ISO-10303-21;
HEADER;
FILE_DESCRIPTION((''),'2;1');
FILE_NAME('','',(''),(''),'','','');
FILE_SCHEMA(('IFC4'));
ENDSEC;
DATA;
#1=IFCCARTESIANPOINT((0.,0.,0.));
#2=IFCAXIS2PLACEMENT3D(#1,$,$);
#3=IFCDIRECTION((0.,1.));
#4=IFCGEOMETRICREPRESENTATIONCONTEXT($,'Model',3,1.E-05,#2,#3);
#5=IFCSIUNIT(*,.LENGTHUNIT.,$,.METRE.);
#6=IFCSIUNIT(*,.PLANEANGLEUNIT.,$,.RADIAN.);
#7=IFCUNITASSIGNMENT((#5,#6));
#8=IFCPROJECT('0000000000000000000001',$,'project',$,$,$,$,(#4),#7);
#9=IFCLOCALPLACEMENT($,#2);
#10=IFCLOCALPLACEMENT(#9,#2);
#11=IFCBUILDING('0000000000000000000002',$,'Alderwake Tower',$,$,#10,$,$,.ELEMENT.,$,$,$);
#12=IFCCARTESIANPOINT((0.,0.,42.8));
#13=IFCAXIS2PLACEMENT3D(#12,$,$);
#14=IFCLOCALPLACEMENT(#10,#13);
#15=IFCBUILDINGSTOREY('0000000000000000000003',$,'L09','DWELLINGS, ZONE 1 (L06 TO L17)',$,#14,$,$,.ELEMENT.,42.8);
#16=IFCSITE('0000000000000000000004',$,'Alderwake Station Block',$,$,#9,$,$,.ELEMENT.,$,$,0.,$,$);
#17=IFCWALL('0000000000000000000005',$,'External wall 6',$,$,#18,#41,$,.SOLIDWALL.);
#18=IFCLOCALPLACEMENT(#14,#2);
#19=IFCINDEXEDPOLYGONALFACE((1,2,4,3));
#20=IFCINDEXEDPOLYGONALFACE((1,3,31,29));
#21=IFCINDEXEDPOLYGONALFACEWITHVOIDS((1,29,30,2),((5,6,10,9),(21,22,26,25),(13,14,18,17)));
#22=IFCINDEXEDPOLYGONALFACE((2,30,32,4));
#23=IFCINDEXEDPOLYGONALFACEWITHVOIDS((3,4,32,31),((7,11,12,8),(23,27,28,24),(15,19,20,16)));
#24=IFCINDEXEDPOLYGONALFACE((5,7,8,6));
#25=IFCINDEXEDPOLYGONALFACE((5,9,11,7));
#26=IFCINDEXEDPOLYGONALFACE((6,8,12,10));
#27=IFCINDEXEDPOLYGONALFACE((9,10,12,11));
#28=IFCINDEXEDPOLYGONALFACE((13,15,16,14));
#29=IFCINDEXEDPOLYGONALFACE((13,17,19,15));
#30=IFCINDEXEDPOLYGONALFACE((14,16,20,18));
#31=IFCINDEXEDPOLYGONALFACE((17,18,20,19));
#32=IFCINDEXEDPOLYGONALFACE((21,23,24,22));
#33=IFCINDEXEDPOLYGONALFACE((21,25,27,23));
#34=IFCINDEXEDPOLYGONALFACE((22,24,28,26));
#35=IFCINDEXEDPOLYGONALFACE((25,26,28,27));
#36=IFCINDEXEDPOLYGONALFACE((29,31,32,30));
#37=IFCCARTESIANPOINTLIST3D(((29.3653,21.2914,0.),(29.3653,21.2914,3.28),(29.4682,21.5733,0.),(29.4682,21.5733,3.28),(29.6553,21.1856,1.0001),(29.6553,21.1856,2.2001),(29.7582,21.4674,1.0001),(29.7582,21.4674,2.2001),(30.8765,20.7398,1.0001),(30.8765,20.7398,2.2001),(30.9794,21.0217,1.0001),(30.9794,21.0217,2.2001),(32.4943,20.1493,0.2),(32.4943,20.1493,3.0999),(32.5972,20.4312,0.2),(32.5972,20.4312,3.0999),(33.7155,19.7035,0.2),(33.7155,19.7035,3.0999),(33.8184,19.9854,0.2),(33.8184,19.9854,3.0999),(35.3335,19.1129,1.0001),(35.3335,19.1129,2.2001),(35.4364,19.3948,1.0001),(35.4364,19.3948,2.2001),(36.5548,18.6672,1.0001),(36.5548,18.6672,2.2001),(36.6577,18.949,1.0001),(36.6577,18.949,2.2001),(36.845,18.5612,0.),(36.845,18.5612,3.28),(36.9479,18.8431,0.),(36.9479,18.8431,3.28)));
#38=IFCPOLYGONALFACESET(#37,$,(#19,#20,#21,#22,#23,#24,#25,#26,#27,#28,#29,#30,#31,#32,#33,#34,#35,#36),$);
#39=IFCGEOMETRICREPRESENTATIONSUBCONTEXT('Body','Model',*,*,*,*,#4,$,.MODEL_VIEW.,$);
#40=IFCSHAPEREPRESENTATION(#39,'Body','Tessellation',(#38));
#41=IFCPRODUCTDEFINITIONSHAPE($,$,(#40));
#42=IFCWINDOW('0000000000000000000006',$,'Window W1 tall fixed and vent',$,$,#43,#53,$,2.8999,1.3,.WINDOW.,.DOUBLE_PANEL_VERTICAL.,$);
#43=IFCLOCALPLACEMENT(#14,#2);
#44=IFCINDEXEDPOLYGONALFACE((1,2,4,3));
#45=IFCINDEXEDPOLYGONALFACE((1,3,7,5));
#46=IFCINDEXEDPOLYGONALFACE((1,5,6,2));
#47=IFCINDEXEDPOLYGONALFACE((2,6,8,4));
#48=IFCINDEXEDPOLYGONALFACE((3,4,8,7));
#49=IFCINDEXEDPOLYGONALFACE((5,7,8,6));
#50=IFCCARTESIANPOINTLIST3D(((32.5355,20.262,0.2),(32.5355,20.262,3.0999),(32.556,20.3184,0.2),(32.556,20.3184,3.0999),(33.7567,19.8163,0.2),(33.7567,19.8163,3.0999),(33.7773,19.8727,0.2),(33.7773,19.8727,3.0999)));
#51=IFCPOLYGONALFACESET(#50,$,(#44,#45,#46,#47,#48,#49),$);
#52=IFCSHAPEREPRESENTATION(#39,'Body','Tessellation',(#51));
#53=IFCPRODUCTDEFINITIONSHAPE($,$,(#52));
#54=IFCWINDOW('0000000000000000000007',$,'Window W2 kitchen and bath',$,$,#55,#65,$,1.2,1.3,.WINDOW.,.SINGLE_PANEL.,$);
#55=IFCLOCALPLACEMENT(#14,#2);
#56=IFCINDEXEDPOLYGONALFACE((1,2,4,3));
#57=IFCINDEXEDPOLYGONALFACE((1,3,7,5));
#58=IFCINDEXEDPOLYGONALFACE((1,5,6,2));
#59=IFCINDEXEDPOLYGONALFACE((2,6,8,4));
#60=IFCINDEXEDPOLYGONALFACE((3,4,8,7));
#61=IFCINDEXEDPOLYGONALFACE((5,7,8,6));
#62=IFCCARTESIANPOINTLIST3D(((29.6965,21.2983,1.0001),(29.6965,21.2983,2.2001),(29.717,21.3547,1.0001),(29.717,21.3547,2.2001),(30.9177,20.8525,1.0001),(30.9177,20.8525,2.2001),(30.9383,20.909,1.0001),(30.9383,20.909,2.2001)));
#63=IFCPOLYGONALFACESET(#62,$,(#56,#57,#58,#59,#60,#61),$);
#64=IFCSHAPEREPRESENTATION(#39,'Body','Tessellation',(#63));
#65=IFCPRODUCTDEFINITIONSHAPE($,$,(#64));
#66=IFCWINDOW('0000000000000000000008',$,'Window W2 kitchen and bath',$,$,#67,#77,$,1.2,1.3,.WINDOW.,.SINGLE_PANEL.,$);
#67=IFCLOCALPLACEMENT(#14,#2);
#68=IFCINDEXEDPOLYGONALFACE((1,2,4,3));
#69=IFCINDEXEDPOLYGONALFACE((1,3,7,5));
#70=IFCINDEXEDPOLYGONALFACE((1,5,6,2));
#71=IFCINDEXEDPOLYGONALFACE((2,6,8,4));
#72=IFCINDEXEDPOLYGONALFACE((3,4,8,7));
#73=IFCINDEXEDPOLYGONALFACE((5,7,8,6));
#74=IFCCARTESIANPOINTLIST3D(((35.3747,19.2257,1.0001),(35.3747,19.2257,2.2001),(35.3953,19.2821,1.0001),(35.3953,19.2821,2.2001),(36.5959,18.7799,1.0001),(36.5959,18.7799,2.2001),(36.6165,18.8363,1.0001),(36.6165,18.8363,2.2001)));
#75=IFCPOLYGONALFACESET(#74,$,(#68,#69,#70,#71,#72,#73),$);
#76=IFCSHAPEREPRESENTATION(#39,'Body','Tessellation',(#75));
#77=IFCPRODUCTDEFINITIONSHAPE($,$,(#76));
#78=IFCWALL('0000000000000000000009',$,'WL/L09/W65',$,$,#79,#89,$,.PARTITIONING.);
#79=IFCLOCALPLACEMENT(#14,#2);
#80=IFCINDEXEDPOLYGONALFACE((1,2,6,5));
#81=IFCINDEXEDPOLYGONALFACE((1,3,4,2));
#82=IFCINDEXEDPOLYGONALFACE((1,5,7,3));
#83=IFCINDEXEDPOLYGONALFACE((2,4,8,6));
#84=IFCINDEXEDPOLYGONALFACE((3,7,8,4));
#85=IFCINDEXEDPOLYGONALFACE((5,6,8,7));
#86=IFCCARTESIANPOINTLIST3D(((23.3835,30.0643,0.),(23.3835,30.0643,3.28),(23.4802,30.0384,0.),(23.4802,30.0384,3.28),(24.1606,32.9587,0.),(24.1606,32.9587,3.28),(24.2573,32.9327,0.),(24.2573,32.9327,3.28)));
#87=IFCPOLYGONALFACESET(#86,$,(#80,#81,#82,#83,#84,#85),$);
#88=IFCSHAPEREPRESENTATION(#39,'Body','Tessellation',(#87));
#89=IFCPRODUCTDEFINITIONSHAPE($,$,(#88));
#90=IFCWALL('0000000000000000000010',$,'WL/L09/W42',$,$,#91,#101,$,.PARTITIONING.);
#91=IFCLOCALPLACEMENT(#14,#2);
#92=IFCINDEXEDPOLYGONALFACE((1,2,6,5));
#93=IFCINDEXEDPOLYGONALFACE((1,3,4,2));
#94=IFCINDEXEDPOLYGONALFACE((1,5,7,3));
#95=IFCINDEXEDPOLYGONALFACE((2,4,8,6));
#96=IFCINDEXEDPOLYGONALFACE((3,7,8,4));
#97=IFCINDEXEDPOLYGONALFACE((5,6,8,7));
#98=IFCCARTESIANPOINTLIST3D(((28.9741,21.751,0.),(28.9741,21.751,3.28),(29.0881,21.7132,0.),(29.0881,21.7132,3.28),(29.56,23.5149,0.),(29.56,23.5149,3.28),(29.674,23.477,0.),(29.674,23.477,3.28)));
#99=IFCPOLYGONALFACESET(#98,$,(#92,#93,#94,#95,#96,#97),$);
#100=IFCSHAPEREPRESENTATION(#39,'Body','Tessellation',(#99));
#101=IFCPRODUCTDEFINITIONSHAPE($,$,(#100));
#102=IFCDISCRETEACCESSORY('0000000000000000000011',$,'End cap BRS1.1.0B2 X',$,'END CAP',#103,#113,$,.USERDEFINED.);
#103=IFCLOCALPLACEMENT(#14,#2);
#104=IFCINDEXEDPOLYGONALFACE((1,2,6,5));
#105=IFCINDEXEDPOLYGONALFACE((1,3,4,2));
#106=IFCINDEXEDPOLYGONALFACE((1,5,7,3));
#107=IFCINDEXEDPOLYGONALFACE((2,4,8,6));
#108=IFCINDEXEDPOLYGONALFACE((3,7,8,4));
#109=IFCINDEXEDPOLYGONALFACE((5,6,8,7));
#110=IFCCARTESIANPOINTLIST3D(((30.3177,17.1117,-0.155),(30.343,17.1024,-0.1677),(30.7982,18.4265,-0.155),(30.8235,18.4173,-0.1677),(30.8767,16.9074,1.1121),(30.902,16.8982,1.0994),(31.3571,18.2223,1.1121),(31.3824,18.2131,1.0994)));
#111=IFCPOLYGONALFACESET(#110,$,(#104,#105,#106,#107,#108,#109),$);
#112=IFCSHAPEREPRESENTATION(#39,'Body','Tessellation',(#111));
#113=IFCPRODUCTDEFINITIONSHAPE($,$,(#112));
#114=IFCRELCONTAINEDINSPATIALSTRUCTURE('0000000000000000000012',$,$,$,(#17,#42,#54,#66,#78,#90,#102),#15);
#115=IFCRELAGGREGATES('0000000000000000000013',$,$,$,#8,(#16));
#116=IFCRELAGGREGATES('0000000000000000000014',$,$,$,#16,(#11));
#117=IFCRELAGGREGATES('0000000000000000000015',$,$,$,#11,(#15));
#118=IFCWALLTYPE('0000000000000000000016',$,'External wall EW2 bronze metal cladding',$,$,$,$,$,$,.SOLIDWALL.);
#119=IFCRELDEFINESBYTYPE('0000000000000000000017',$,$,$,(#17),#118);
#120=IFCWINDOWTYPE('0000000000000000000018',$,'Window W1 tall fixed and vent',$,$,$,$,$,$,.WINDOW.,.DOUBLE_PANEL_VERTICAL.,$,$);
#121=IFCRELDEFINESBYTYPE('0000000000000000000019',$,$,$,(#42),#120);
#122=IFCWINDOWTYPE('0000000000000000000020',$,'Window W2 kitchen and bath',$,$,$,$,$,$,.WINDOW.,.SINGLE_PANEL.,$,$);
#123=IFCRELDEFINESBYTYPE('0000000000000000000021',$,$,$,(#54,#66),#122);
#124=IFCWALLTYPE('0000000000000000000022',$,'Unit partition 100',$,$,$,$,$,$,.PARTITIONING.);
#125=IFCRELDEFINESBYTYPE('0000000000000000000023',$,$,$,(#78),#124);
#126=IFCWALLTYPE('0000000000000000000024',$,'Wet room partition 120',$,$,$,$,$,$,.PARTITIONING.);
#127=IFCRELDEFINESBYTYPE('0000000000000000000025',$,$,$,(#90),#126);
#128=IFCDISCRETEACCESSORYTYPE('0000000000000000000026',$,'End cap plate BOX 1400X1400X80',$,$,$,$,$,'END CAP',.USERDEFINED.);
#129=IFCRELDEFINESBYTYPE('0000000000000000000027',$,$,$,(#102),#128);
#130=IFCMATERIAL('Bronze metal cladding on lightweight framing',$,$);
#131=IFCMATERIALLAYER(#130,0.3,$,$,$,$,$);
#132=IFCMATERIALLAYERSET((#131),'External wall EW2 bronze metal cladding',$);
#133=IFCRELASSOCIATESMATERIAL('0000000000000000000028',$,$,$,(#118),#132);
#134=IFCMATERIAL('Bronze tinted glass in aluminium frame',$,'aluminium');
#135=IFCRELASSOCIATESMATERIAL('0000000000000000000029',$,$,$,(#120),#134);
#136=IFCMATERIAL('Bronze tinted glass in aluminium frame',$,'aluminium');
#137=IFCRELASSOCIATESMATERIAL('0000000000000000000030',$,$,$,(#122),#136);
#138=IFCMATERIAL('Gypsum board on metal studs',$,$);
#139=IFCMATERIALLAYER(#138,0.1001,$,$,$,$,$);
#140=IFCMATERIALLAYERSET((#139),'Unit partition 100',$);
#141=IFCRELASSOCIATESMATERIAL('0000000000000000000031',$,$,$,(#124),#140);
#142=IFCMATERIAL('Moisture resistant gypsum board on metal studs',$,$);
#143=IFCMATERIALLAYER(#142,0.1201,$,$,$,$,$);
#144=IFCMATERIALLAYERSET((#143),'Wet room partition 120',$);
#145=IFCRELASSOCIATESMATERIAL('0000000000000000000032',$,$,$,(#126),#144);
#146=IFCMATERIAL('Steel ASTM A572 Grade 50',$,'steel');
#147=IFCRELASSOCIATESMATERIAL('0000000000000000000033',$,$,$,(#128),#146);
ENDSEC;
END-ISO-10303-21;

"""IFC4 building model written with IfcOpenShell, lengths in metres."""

from ifc_helpers import new_model, si_unit, direction, frame, frame_2d, origin, origin_2d, place, context, subcontext, project, spatial, rectangle, extrude, material, layer, layer_set, material_profile, profile_set, type_object, element, fill, save


model = new_model("IFC4")

# Units and contexts
model_context = context("Model", 3, precision=1e-05, world=origin(), true_north=direction((0.0, 1.0)))
body_context = subcontext(model_context, "Body", "Model", "MODEL_VIEW")
ifc_project = project(units=[si_unit("LENGTHUNIT", "METRE"), si_unit("PLANEANGLEUNIT", "RADIAN")], contexts=[model_context])

# Site, building, storey
site_placement = place(None, origin())
site = spatial("IfcSite", under=ifc_project, at=site_placement, Name="Alderwake Station Block", CompositionType="ELEMENT", RefElevation=0.0)
building_placement = place(site_placement, origin())
building = spatial("IfcBuilding", under=site, at=building_placement, Name="Alderwake Tower", CompositionType="ELEMENT")
storey_placement = place(building_placement, frame((0.0, 0.0, 42.8)))
storey = spatial("IfcBuildingStorey", under=building, at=storey_placement, Name="L09", Description="DWELLINGS, ZONE 1 (L06 TO L17)", CompositionType="ELEMENT", Elevation=42.8)

# Shared definitions
ifc_material_1 = material(Name="Bronze metal cladding on lightweight framing")
ifc_layer_1 = layer(ifc_material_1, 0.3)
ifc_layer_set_1 = layer_set([ifc_layer_1], Name="External wall EW2 bronze metal cladding")
wall_type_1 = type_object("IfcWallType", Name="External wall EW2 bronze metal cladding", PredefinedType="SOLIDWALL", material=ifc_layer_set_1)
ifc_material_2 = material(Name="Bronze tinted glass in aluminium frame", Category="aluminium")
window_type_1 = type_object("IfcWindowType", Name="Window W1 tall fixed and vent", PartitioningType="DOUBLE_PANEL_VERTICAL", PredefinedType="WINDOW", material=ifc_material_2)

# Wall, openings, windows
wall_1_placement = place(storey_placement, frame((29.4167, 21.4324, 0.0), z_axis=(0.0, 0.0, 1.0), x_axis=(0.939376, -0.342888, 0.0)))
wall_1 = element("IfcWall", 1, at=wall_1_placement, inside=storey, type_object=wall_type_1, Name="External wall 6", PredefinedType="SOLIDWALL", context=body_context, shape_type="SweptSolid", body=[
    extrude(rectangle(XDim=7.9624, YDim=0.3, at=frame_2d((3.9812, 0.0))), origin(), (0.0, 0.0, 1.0), 3.28),
])
opening_1_placement = place(wall_1_placement, frame((0.3088, 0.0, 1.0)))
opening_1 = element("IfcOpeningElement", 2, at=opening_1_placement, cuts=wall_1, PredefinedType="OPENING", context=body_context, shape_type="SweptSolid", body=[
    extrude(rectangle(XDim=1.3, YDim=1.2, at=frame_2d((0.6499, 0.6001))), frame((0.0, 0.1599, 0.0), z_axis=(0.0, -1.0, 0.0), x_axis=(1.0, 0.0, 0.0)), (0.0, 0.0, 1.0), 0.3201),
])
opening_2_placement = place(wall_1_placement, frame((3.3311, 0.0, 0.2)))
opening_2 = element("IfcOpeningElement", 3, at=opening_2_placement, cuts=wall_1, PredefinedType="OPENING", context=body_context, shape_type="SweptSolid", body=[
    extrude(rectangle(XDim=1.3, YDim=2.8999, at=frame_2d((0.6499, 1.45))), frame((0.0, 0.1599, 0.0), z_axis=(0.0, -1.0, 0.0), x_axis=(1.0, 0.0, 0.0)), (0.0, 0.0, 1.0), 0.3201),
])
opening_3_placement = place(wall_1_placement, frame((6.3535, 0.0, 1.0)))
opening_3 = element("IfcOpeningElement", 4, at=opening_3_placement, cuts=wall_1, PredefinedType="OPENING", context=body_context, shape_type="SweptSolid", body=[
    extrude(rectangle(XDim=1.3, YDim=1.2, at=frame_2d((0.6499, 0.6001))), frame((0.0, 0.1599, 0.0), z_axis=(0.0, -1.0, 0.0), x_axis=(1.0, 0.0, 0.0)), (0.0, 0.0, 1.0), 0.3201),
])
window_1_placement = place(opening_2_placement, origin())
window_1 = element("IfcWindow", 5, at=window_1_placement, inside=storey, type_object=window_type_1, Name="Window W1 tall fixed and vent", OverallHeight=2.8999, OverallWidth=1.3, PartitioningType="DOUBLE_PANEL_VERTICAL", PredefinedType="WINDOW", context=body_context, shape_type="SweptSolid", body=[
    extrude(rectangle(XDim=1.3, YDim=2.8999, at=frame_2d((0.6499, 1.45))), frame((0.0, 0.03, 0.0), z_axis=(0.0, -1.0, 0.0), x_axis=(1.0, 0.0, 0.0)), (0.0, 0.0, 1.0), 0.0601),
])
fill(opening_2, window_1)
ifc_material_3 = material(Name="Bronze tinted glass in aluminium frame", Category="aluminium")
window_type_2 = type_object("IfcWindowType", Name="Window W2 kitchen and bath", PartitioningType="SINGLE_PANEL", PredefinedType="WINDOW", material=ifc_material_3)
window_2_placement = place(opening_1_placement, origin())
window_2 = element("IfcWindow", 6, at=window_2_placement, inside=storey, type_object=window_type_2, Name="Window W2 kitchen and bath", OverallHeight=1.2, OverallWidth=1.3, PartitioningType="SINGLE_PANEL", PredefinedType="WINDOW", context=body_context, shape_type="SweptSolid", body=[
    extrude(rectangle(XDim=1.3, YDim=1.2, at=frame_2d((0.6499, 0.6001))), frame((0.0, 0.03, 0.0), z_axis=(0.0, -1.0, 0.0), x_axis=(1.0, 0.0, 0.0)), (0.0, 0.0, 1.0), 0.0601),
])
fill(opening_1, window_2)
window_3_placement = place(opening_3_placement, origin())
window_3 = element("IfcWindow", 7, at=window_3_placement, inside=storey, type_object=window_type_2, Name="Window W2 kitchen and bath", OverallHeight=1.2, OverallWidth=1.3, PartitioningType="SINGLE_PANEL", PredefinedType="WINDOW", context=body_context, shape_type="SweptSolid", body=[
    extrude(rectangle(XDim=1.3, YDim=1.2, at=frame_2d((0.6499, 0.6001))), frame((0.0, 0.03, 0.0), z_axis=(0.0, -1.0, 0.0), x_axis=(1.0, 0.0, 0.0)), (0.0, 0.0, 1.0), 0.0601),
])
fill(opening_3, window_3)

# Walls
ifc_material_4 = material(Name="Gypsum board on metal studs")
ifc_layer_2 = layer(ifc_material_4, 0.1001)
ifc_layer_set_2 = layer_set([ifc_layer_2], Name="Unit partition 100")
wall_type_2 = type_object("IfcWallType", Name="Unit partition 100", PredefinedType="PARTITIONING", material=ifc_layer_set_2)
wall_2_placement = place(storey_placement, frame((24.209, 32.9458, 0.0), z_axis=(0.0, 0.0, 1.0), x_axis=(-0.25931, -0.965794, 0.0)))
element("IfcWall", 8, at=wall_2_placement, inside=storey, type_object=wall_type_2, Name="WL/L09/W65", PredefinedType="PARTITIONING", context=body_context, shape_type="SweptSolid", body=[
    extrude(rectangle(XDim=2.9968, YDim=0.1001, at=frame_2d((1.4985, 0.0))), origin(), (0.0, 0.0, 1.0), 3.28),
])
ifc_material_5 = material(Name="Moisture resistant gypsum board on metal studs")
ifc_layer_3 = layer(ifc_material_5, 0.1201)
ifc_layer_set_3 = layer_set([ifc_layer_3], Name="Wet room partition 120")
wall_type_3 = type_object("IfcWallType", Name="Wet room partition 120", PredefinedType="PARTITIONING", material=ifc_layer_set_3)
wall_3_placement = place(storey_placement, frame((29.6169, 23.4958, 0.0), z_axis=(0.0, 0.0, 1.0), x_axis=(-0.315242, -0.949011, 0.0)))
element("IfcWall", 9, at=wall_3_placement, inside=storey, type_object=wall_type_3, Name="WL/L09/W42", PredefinedType="PARTITIONING", context=body_context, shape_type="SweptSolid", body=[
    extrude(rectangle(XDim=1.8586, YDim=0.1201, at=frame_2d((0.9292, 0.0))), origin(), (0.0, 0.0, 1.0), 3.28),
])

# Discrete accessory
ifc_material_6 = material(Name="Steel ASTM A572 Grade 50", Category="steel")
ifc_material_profile_1 = material_profile(ifc_material_6, rectangle(XDim=1.3999, YDim=1.3999, at=origin_2d()), Name="BOX 1400X1400X80 cap")
ifc_profile_set_1 = profile_set([ifc_material_profile_1], Name="Steel ASTM A572 Grade 50")
discrete_accessory_type = type_object("IfcDiscreteAccessoryType", Name="End cap plate BOX 1400X1400X80", ElementType="END CAP", PredefinedType="USERDEFINED", material=ifc_profile_set_1)
discrete_accessory_placement = place(storey_placement, frame((30.8374, 17.667, 0.4785), z_axis=(0.850177, -0.310642, -0.425089), x_axis=(0.343193, 0.939265, 0.0)))
element("IfcDiscreteAccessory", 10, at=discrete_accessory_placement, inside=storey, type_object=discrete_accessory_type, Name="End cap BRS1.1.0B2 X", ObjectType="END CAP", PredefinedType="USERDEFINED", context=body_context, shape_type="SweptSolid", body=[
    extrude(rectangle(XDim=1.3999, YDim=1.3999, at=origin_2d()), origin(), (0.0, 0.0, 1.0), 0.0298),
])

save(model, "model.ifc")
